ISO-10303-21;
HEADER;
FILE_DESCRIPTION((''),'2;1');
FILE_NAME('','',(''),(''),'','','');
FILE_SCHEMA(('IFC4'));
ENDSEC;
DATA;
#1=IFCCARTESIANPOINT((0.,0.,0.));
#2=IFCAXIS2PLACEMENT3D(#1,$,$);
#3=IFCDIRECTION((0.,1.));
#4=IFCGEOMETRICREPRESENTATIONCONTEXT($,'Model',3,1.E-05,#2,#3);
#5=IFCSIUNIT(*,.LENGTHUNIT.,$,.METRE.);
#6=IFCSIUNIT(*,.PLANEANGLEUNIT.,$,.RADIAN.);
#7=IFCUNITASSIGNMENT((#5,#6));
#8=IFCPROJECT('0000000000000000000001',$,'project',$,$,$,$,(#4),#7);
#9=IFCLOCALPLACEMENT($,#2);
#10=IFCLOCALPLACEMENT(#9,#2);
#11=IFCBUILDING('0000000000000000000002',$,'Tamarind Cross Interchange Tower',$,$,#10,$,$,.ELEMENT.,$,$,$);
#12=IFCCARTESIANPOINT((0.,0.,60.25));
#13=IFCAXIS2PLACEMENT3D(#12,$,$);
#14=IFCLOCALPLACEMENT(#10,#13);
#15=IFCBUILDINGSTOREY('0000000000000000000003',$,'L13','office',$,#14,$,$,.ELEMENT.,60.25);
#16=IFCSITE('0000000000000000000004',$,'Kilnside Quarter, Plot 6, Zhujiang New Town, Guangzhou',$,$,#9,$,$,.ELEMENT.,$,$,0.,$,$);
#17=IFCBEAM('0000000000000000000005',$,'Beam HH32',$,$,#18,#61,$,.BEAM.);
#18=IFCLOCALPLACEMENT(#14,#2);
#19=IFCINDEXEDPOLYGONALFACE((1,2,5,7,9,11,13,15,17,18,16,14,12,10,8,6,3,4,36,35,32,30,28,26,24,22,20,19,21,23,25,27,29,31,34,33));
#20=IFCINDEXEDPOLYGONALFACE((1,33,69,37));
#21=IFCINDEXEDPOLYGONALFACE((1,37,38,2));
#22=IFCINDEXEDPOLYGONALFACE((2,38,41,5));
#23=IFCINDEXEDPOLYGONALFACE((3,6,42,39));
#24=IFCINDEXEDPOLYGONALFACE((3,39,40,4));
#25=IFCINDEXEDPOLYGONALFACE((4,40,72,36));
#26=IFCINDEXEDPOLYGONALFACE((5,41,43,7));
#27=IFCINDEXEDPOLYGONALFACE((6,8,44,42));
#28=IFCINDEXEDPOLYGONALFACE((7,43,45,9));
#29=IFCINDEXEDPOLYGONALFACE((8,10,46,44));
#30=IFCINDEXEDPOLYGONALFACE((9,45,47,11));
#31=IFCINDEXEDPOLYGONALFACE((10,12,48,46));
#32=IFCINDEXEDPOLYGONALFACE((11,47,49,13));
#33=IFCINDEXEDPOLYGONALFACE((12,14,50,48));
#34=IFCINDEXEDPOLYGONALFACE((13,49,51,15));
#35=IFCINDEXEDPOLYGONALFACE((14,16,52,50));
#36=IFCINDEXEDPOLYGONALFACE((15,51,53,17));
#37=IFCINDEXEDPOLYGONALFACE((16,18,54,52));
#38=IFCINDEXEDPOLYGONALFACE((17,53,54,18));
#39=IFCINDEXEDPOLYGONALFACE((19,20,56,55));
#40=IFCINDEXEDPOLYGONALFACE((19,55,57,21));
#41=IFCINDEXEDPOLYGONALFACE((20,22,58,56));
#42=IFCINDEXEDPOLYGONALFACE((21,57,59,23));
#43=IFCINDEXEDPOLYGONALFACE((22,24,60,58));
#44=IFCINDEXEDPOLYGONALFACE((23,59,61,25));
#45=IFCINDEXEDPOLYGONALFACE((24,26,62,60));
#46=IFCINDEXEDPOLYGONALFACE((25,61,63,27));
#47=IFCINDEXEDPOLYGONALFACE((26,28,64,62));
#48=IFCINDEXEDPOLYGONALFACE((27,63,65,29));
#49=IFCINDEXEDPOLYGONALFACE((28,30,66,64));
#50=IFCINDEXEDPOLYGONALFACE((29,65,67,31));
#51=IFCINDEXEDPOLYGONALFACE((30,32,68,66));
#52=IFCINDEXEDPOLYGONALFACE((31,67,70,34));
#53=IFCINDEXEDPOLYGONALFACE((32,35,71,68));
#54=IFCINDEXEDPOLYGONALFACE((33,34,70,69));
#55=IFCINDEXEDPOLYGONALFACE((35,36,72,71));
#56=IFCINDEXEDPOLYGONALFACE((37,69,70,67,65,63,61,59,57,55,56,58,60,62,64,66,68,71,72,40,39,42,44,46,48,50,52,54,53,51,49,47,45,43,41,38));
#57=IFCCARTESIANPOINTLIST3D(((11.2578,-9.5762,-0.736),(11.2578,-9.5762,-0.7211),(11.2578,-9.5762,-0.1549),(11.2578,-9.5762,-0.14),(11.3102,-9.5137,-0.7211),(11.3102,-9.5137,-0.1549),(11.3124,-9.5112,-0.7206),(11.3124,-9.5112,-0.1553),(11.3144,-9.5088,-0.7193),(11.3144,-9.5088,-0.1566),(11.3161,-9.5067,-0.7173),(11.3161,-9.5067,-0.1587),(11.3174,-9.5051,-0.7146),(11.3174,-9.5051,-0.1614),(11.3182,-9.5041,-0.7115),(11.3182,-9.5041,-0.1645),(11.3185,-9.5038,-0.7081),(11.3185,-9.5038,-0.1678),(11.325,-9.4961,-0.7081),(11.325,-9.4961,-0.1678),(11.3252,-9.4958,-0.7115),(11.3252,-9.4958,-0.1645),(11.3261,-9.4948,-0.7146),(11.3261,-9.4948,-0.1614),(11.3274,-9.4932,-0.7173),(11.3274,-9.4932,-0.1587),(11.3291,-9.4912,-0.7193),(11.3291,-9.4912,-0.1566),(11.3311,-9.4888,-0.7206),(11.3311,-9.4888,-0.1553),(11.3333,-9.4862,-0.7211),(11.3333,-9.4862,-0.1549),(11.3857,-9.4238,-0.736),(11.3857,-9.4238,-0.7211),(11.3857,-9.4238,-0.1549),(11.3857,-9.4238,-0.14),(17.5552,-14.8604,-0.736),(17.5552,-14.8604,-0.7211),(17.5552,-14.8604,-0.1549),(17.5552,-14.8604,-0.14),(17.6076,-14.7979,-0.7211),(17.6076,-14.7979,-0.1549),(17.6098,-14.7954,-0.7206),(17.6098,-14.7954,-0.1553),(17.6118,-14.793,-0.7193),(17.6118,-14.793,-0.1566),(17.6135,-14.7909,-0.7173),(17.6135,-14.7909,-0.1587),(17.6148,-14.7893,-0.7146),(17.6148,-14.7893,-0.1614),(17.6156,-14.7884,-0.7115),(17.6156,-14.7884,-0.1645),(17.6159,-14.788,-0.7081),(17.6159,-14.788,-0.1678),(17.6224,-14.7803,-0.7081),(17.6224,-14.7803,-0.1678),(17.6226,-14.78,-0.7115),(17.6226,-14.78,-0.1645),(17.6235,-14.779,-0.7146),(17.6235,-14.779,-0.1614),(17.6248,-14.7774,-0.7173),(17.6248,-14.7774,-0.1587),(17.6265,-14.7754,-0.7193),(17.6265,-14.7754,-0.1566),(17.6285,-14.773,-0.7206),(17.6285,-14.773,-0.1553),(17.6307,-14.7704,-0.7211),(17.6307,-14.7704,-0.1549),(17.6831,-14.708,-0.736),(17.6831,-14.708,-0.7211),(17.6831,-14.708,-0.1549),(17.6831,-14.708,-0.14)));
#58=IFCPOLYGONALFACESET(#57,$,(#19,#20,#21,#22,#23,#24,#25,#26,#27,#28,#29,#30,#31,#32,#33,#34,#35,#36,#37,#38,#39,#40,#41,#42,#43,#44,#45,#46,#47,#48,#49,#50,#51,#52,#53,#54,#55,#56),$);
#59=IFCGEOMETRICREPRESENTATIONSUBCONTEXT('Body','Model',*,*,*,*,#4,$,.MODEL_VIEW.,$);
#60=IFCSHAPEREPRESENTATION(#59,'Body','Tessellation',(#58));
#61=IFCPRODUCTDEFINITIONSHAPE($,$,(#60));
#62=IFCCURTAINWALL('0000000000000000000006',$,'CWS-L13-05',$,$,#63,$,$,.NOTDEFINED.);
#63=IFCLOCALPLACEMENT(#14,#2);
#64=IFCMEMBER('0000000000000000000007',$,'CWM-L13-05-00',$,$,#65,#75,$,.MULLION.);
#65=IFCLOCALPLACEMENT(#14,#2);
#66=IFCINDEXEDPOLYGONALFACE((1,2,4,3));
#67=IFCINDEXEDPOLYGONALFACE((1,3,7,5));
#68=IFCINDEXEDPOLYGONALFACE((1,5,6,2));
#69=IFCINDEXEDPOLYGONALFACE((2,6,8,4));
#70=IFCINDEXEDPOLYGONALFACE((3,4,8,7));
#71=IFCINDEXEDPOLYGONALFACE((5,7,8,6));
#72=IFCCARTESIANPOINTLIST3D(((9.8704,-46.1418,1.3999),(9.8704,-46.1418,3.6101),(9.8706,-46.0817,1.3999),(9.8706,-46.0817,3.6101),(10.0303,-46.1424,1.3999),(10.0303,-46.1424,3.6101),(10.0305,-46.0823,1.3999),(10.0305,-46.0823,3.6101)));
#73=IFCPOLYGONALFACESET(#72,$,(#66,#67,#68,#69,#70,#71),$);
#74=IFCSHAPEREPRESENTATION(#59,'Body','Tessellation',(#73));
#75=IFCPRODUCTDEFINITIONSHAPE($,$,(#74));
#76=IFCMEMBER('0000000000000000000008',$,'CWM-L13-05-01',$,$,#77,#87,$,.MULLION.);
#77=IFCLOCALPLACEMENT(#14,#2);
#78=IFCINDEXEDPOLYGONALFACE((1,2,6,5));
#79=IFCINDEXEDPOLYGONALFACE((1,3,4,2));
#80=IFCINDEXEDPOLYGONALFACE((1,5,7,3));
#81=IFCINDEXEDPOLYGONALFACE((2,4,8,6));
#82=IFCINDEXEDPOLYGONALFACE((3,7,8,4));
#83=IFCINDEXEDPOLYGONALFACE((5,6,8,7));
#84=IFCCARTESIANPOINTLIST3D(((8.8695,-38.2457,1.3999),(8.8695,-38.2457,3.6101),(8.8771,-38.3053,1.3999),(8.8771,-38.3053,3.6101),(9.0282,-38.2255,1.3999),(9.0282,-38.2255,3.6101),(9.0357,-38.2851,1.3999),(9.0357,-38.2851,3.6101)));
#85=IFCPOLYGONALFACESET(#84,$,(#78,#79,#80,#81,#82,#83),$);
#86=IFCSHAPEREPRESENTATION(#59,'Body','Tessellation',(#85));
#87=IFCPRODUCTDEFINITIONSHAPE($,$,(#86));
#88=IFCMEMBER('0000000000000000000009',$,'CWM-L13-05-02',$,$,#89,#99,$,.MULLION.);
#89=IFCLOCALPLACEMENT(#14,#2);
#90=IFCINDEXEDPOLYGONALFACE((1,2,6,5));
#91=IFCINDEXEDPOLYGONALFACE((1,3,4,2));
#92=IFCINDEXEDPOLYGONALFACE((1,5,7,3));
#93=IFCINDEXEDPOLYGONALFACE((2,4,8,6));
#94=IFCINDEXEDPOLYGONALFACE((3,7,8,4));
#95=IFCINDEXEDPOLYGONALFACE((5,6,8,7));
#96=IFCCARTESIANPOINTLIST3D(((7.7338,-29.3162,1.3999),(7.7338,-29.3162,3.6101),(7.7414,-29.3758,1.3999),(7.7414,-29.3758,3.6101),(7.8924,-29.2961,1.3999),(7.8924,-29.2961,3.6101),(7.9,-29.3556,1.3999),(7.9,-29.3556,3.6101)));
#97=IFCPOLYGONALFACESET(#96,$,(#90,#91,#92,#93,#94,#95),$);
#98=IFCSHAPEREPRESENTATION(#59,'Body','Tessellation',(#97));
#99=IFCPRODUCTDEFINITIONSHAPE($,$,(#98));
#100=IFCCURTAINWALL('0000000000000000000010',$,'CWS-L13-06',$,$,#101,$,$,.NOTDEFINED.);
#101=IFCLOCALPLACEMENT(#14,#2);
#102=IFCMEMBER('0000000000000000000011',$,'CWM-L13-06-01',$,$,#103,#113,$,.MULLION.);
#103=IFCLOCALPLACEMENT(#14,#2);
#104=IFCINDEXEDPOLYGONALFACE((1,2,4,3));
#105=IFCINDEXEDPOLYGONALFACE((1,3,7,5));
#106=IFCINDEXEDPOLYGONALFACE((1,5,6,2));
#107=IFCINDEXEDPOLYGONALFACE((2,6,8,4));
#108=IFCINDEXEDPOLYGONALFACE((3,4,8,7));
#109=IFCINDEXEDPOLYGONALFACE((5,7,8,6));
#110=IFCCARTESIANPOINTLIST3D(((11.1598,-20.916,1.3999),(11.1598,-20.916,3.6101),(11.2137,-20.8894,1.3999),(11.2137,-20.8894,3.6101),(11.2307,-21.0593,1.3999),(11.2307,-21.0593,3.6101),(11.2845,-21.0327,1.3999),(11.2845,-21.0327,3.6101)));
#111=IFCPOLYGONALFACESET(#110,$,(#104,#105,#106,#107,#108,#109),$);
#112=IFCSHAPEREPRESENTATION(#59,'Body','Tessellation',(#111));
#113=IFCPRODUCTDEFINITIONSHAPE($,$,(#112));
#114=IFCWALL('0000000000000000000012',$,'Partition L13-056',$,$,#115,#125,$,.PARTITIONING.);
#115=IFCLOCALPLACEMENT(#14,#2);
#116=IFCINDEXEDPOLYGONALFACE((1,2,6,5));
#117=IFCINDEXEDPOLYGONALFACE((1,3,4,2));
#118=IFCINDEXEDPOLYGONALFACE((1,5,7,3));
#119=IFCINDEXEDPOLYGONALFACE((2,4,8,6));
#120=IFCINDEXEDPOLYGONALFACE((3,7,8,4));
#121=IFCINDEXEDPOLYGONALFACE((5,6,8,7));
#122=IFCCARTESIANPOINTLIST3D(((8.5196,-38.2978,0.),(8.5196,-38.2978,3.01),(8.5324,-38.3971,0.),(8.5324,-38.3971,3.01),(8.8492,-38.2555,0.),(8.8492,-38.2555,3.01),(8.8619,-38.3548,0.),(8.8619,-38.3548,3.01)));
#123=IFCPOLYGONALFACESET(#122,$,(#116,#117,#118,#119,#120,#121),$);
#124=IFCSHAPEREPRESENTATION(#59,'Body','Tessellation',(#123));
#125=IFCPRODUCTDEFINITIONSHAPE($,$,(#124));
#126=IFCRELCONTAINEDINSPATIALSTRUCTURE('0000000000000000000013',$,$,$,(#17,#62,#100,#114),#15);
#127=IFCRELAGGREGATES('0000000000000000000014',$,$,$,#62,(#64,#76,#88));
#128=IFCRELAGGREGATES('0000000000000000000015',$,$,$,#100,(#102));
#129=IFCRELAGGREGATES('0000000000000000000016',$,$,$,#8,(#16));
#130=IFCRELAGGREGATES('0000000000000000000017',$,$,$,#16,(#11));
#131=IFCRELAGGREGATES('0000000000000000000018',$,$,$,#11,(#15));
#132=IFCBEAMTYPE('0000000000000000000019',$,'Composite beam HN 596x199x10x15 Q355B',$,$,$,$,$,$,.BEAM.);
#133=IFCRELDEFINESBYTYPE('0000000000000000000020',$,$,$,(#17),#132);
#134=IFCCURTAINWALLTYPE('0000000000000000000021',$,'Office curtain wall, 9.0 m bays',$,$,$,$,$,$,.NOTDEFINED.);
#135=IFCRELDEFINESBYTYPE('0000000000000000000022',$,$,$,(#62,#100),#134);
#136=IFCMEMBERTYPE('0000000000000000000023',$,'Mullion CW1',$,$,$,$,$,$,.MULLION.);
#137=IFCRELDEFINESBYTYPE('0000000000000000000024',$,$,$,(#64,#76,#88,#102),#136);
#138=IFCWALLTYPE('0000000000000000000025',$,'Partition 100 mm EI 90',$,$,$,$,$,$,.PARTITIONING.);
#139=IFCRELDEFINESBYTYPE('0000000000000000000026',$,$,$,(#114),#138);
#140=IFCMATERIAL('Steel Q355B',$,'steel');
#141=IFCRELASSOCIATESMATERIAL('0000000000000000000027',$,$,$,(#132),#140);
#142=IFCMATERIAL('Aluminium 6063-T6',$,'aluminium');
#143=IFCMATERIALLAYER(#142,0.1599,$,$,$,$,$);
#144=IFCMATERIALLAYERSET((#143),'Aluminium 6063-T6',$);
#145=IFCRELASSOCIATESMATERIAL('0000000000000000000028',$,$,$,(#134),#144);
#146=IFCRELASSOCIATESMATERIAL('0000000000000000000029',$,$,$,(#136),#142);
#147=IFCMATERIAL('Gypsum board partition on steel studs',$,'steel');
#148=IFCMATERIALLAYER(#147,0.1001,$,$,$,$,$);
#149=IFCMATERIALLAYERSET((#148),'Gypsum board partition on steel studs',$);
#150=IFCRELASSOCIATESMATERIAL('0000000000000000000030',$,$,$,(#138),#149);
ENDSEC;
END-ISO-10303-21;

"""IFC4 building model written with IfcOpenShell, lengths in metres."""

from ifc_helpers import new_model, si_unit, direction, frame, frame_2d, origin, origin_2d, place, context, subcontext, project, spatial, rectangle, i_section, extrude, material, layer, layer_set, material_profile, profile_set, type_object, element, aggregate, save


model = new_model("IFC4")

# Units and contexts
model_context = context("Model", 3, precision=1e-05, world=origin(), true_north=direction((0.0, 1.0)))
body_context = subcontext(model_context, "Body", "Model", "MODEL_VIEW")
ifc_project = project(units=[si_unit("LENGTHUNIT", "METRE"), si_unit("PLANEANGLEUNIT", "RADIAN")], contexts=[model_context])

# Site, building, storey
site_placement = place(None, origin())
site = spatial("IfcSite", under=ifc_project, at=site_placement, Name="Kilnside Quarter, Plot 6, Zhujiang New Town, Guangzhou", CompositionType="ELEMENT", RefElevation=0.0)
building_placement = place(site_placement, origin())
building = spatial("IfcBuilding", under=site, at=building_placement, Name="Tamarind Cross Interchange Tower", CompositionType="ELEMENT")
storey_placement = place(building_placement, frame((0.0, 0.0, 60.25)))
storey = spatial("IfcBuildingStorey", under=building, at=storey_placement, Name="L13", Description="office", CompositionType="ELEMENT", Elevation=60.25)

# Beam
ifc_material_1 = material(Name="Steel Q355B", Category="steel")
ifc_material_profile_1 = material_profile(ifc_material_1, i_section(OverallWidth=0.199, OverallDepth=0.5959, WebThickness=0.01, FlangeThickness=0.0149, FilletRadius=0.0129, at=origin_2d()), Name="HN 596x199x10x15")
ifc_profile_set_1 = profile_set([ifc_material_profile_1], Name="Steel Q355B")
beam_type_1 = type_object("IfcBeamType", Name="Composite beam HN 596x199x10x15 Q355B", PredefinedType="BEAM", material=ifc_profile_set_1)
beam_1_placement = place(storey_placement, frame((17.6191, -14.7842, -0.438), z_axis=(-0.766041, 0.642792, 0.0), x_axis=(-0.642792, -0.766041, 0.0)))
element("IfcBeam", 1, at=beam_1_placement, inside=storey, type_object=beam_type_1, Name="Beam HH32", PredefinedType="BEAM", context=body_context, shape_type="SweptSolid", body=[
    extrude(i_section(OverallWidth=0.199, OverallDepth=0.5959, WebThickness=0.01, FlangeThickness=0.0149, FilletRadius=0.0129, at=origin_2d()), origin(), (0.0, 0.0, 1.0), 8.2207),
])

# Curtain wall, members
ifc_material_2 = material(Name="Aluminium 6063-T6", Category="aluminium")
ifc_layer_1 = layer(ifc_material_2, 0.1599)
ifc_layer_set_1 = layer_set([ifc_layer_1], Name="Aluminium 6063-T6")
curtain_wall_type = type_object("IfcCurtainWallType", Name="Office curtain wall, 9.0 m bays", PredefinedType="NOTDEFINED", material=ifc_layer_set_1)
curtain_wall_1_placement = place(storey_placement, origin())
curtain_wall_1 = element("IfcCurtainWall", 2, at=curtain_wall_1_placement, inside=storey, type_object=curtain_wall_type, Name="CWS-L13-05", PredefinedType="NOTDEFINED")
ifc_material_profile_2 = material_profile(ifc_material_2, rectangle(XDim=0.0601, YDim=0.1599, at=origin_2d()), Name="Mullion CW1")
ifc_profile_set_2 = profile_set([ifc_material_profile_2], Name="Aluminium 6063-T6")
member_type = type_object("IfcMemberType", Name="Mullion CW1", PredefinedType="MULLION", material=ifc_profile_set_2)
member_1_placement = place(storey_placement, frame((9.9504, -46.1121, 1.3999), z_axis=(0.0, 0.0, 1.0), x_axis=(0.003827, 0.999993, 0.0)))
member_1 = element("IfcMember", 3, at=member_1_placement, type_object=member_type, Name="CWM-L13-05-00", PredefinedType="MULLION", context=body_context, shape_type="SweptSolid", body=[
    extrude(rectangle(XDim=0.0601, YDim=0.1599, at=origin_2d()), origin(), (0.0, 0.0, 1.0), 2.2102),
])
member_2_placement = place(storey_placement, frame((8.9526, -38.2654, 1.3999), z_axis=(0.0, 0.0, 1.0), x_axis=(-0.126161, 0.99201, 0.0)))
member_2 = element("IfcMember", 4, at=member_2_placement, type_object=member_type, Name="CWM-L13-05-01", PredefinedType="MULLION", context=body_context, shape_type="SweptSolid", body=[
    extrude(rectangle(XDim=0.0601, YDim=0.1599, at=origin_2d()), origin(), (0.0, 0.0, 1.0), 2.2102),
])
member_3_placement = place(storey_placement, frame((7.8169, -29.3359, 1.3999), z_axis=(0.0, 0.0, 1.0), x_axis=(-0.126161, 0.99201, 0.0)))
member_3 = element("IfcMember", 5, at=member_3_placement, type_object=member_type, Name="CWM-L13-05-02", PredefinedType="MULLION", context=body_context, shape_type="SweptSolid", body=[
    extrude(rectangle(XDim=0.0601, YDim=0.1599, at=origin_2d()), origin(), (0.0, 0.0, 1.0), 2.2102),
])
aggregate(curtain_wall_1, [member_1, member_2, member_3])

# Curtain wall, member
curtain_wall_2_placement = place(storey_placement, origin())
curtain_wall_2 = element("IfcCurtainWall", 6, at=curtain_wall_2_placement, inside=storey, type_object=curtain_wall_type, Name="CWS-L13-06", PredefinedType="NOTDEFINED")
member_4_placement = place(storey_placement, frame((11.2222, -20.9744, 1.3999), z_axis=(0.0, 0.0, 1.0), x_axis=(0.896493, 0.443059, 0.0)))
member_4 = element("IfcMember", 7, at=member_4_placement, type_object=member_type, Name="CWM-L13-06-01", PredefinedType="MULLION", context=body_context, shape_type="SweptSolid", body=[
    extrude(rectangle(XDim=0.0601, YDim=0.1599, at=origin_2d()), origin(), (0.0, 0.0, 1.0), 2.2102),
])
aggregate(curtain_wall_2, [member_4])

# Wall
ifc_material_3 = material(Name="Gypsum board partition on steel studs", Category="steel")
ifc_layer_2 = layer(ifc_material_3, 0.1001)
ifc_layer_set_2 = layer_set([ifc_layer_2], Name="Gypsum board partition on steel studs")
wall_type = type_object("IfcWallType", Name="Partition 100 mm EI 90", PredefinedType="PARTITIONING", material=ifc_layer_set_2)
wall_placement = place(storey_placement, frame((8.5261, -38.3474, 0.0), z_axis=(0.0, 0.0, 1.0), x_axis=(0.991889, 0.127109, 0.0)))
element("IfcWall", 8, at=wall_placement, inside=storey, type_object=wall_type, Name="Partition L13-056", PredefinedType="PARTITIONING", context=body_context, shape_type="SweptSolid", body=[
    extrude(rectangle(XDim=0.3323, YDim=0.1001, at=frame_2d((0.166, 0.0))), origin(), (0.0, 0.0, 1.0), 3.01),
])

save(model, "model.ifc")
